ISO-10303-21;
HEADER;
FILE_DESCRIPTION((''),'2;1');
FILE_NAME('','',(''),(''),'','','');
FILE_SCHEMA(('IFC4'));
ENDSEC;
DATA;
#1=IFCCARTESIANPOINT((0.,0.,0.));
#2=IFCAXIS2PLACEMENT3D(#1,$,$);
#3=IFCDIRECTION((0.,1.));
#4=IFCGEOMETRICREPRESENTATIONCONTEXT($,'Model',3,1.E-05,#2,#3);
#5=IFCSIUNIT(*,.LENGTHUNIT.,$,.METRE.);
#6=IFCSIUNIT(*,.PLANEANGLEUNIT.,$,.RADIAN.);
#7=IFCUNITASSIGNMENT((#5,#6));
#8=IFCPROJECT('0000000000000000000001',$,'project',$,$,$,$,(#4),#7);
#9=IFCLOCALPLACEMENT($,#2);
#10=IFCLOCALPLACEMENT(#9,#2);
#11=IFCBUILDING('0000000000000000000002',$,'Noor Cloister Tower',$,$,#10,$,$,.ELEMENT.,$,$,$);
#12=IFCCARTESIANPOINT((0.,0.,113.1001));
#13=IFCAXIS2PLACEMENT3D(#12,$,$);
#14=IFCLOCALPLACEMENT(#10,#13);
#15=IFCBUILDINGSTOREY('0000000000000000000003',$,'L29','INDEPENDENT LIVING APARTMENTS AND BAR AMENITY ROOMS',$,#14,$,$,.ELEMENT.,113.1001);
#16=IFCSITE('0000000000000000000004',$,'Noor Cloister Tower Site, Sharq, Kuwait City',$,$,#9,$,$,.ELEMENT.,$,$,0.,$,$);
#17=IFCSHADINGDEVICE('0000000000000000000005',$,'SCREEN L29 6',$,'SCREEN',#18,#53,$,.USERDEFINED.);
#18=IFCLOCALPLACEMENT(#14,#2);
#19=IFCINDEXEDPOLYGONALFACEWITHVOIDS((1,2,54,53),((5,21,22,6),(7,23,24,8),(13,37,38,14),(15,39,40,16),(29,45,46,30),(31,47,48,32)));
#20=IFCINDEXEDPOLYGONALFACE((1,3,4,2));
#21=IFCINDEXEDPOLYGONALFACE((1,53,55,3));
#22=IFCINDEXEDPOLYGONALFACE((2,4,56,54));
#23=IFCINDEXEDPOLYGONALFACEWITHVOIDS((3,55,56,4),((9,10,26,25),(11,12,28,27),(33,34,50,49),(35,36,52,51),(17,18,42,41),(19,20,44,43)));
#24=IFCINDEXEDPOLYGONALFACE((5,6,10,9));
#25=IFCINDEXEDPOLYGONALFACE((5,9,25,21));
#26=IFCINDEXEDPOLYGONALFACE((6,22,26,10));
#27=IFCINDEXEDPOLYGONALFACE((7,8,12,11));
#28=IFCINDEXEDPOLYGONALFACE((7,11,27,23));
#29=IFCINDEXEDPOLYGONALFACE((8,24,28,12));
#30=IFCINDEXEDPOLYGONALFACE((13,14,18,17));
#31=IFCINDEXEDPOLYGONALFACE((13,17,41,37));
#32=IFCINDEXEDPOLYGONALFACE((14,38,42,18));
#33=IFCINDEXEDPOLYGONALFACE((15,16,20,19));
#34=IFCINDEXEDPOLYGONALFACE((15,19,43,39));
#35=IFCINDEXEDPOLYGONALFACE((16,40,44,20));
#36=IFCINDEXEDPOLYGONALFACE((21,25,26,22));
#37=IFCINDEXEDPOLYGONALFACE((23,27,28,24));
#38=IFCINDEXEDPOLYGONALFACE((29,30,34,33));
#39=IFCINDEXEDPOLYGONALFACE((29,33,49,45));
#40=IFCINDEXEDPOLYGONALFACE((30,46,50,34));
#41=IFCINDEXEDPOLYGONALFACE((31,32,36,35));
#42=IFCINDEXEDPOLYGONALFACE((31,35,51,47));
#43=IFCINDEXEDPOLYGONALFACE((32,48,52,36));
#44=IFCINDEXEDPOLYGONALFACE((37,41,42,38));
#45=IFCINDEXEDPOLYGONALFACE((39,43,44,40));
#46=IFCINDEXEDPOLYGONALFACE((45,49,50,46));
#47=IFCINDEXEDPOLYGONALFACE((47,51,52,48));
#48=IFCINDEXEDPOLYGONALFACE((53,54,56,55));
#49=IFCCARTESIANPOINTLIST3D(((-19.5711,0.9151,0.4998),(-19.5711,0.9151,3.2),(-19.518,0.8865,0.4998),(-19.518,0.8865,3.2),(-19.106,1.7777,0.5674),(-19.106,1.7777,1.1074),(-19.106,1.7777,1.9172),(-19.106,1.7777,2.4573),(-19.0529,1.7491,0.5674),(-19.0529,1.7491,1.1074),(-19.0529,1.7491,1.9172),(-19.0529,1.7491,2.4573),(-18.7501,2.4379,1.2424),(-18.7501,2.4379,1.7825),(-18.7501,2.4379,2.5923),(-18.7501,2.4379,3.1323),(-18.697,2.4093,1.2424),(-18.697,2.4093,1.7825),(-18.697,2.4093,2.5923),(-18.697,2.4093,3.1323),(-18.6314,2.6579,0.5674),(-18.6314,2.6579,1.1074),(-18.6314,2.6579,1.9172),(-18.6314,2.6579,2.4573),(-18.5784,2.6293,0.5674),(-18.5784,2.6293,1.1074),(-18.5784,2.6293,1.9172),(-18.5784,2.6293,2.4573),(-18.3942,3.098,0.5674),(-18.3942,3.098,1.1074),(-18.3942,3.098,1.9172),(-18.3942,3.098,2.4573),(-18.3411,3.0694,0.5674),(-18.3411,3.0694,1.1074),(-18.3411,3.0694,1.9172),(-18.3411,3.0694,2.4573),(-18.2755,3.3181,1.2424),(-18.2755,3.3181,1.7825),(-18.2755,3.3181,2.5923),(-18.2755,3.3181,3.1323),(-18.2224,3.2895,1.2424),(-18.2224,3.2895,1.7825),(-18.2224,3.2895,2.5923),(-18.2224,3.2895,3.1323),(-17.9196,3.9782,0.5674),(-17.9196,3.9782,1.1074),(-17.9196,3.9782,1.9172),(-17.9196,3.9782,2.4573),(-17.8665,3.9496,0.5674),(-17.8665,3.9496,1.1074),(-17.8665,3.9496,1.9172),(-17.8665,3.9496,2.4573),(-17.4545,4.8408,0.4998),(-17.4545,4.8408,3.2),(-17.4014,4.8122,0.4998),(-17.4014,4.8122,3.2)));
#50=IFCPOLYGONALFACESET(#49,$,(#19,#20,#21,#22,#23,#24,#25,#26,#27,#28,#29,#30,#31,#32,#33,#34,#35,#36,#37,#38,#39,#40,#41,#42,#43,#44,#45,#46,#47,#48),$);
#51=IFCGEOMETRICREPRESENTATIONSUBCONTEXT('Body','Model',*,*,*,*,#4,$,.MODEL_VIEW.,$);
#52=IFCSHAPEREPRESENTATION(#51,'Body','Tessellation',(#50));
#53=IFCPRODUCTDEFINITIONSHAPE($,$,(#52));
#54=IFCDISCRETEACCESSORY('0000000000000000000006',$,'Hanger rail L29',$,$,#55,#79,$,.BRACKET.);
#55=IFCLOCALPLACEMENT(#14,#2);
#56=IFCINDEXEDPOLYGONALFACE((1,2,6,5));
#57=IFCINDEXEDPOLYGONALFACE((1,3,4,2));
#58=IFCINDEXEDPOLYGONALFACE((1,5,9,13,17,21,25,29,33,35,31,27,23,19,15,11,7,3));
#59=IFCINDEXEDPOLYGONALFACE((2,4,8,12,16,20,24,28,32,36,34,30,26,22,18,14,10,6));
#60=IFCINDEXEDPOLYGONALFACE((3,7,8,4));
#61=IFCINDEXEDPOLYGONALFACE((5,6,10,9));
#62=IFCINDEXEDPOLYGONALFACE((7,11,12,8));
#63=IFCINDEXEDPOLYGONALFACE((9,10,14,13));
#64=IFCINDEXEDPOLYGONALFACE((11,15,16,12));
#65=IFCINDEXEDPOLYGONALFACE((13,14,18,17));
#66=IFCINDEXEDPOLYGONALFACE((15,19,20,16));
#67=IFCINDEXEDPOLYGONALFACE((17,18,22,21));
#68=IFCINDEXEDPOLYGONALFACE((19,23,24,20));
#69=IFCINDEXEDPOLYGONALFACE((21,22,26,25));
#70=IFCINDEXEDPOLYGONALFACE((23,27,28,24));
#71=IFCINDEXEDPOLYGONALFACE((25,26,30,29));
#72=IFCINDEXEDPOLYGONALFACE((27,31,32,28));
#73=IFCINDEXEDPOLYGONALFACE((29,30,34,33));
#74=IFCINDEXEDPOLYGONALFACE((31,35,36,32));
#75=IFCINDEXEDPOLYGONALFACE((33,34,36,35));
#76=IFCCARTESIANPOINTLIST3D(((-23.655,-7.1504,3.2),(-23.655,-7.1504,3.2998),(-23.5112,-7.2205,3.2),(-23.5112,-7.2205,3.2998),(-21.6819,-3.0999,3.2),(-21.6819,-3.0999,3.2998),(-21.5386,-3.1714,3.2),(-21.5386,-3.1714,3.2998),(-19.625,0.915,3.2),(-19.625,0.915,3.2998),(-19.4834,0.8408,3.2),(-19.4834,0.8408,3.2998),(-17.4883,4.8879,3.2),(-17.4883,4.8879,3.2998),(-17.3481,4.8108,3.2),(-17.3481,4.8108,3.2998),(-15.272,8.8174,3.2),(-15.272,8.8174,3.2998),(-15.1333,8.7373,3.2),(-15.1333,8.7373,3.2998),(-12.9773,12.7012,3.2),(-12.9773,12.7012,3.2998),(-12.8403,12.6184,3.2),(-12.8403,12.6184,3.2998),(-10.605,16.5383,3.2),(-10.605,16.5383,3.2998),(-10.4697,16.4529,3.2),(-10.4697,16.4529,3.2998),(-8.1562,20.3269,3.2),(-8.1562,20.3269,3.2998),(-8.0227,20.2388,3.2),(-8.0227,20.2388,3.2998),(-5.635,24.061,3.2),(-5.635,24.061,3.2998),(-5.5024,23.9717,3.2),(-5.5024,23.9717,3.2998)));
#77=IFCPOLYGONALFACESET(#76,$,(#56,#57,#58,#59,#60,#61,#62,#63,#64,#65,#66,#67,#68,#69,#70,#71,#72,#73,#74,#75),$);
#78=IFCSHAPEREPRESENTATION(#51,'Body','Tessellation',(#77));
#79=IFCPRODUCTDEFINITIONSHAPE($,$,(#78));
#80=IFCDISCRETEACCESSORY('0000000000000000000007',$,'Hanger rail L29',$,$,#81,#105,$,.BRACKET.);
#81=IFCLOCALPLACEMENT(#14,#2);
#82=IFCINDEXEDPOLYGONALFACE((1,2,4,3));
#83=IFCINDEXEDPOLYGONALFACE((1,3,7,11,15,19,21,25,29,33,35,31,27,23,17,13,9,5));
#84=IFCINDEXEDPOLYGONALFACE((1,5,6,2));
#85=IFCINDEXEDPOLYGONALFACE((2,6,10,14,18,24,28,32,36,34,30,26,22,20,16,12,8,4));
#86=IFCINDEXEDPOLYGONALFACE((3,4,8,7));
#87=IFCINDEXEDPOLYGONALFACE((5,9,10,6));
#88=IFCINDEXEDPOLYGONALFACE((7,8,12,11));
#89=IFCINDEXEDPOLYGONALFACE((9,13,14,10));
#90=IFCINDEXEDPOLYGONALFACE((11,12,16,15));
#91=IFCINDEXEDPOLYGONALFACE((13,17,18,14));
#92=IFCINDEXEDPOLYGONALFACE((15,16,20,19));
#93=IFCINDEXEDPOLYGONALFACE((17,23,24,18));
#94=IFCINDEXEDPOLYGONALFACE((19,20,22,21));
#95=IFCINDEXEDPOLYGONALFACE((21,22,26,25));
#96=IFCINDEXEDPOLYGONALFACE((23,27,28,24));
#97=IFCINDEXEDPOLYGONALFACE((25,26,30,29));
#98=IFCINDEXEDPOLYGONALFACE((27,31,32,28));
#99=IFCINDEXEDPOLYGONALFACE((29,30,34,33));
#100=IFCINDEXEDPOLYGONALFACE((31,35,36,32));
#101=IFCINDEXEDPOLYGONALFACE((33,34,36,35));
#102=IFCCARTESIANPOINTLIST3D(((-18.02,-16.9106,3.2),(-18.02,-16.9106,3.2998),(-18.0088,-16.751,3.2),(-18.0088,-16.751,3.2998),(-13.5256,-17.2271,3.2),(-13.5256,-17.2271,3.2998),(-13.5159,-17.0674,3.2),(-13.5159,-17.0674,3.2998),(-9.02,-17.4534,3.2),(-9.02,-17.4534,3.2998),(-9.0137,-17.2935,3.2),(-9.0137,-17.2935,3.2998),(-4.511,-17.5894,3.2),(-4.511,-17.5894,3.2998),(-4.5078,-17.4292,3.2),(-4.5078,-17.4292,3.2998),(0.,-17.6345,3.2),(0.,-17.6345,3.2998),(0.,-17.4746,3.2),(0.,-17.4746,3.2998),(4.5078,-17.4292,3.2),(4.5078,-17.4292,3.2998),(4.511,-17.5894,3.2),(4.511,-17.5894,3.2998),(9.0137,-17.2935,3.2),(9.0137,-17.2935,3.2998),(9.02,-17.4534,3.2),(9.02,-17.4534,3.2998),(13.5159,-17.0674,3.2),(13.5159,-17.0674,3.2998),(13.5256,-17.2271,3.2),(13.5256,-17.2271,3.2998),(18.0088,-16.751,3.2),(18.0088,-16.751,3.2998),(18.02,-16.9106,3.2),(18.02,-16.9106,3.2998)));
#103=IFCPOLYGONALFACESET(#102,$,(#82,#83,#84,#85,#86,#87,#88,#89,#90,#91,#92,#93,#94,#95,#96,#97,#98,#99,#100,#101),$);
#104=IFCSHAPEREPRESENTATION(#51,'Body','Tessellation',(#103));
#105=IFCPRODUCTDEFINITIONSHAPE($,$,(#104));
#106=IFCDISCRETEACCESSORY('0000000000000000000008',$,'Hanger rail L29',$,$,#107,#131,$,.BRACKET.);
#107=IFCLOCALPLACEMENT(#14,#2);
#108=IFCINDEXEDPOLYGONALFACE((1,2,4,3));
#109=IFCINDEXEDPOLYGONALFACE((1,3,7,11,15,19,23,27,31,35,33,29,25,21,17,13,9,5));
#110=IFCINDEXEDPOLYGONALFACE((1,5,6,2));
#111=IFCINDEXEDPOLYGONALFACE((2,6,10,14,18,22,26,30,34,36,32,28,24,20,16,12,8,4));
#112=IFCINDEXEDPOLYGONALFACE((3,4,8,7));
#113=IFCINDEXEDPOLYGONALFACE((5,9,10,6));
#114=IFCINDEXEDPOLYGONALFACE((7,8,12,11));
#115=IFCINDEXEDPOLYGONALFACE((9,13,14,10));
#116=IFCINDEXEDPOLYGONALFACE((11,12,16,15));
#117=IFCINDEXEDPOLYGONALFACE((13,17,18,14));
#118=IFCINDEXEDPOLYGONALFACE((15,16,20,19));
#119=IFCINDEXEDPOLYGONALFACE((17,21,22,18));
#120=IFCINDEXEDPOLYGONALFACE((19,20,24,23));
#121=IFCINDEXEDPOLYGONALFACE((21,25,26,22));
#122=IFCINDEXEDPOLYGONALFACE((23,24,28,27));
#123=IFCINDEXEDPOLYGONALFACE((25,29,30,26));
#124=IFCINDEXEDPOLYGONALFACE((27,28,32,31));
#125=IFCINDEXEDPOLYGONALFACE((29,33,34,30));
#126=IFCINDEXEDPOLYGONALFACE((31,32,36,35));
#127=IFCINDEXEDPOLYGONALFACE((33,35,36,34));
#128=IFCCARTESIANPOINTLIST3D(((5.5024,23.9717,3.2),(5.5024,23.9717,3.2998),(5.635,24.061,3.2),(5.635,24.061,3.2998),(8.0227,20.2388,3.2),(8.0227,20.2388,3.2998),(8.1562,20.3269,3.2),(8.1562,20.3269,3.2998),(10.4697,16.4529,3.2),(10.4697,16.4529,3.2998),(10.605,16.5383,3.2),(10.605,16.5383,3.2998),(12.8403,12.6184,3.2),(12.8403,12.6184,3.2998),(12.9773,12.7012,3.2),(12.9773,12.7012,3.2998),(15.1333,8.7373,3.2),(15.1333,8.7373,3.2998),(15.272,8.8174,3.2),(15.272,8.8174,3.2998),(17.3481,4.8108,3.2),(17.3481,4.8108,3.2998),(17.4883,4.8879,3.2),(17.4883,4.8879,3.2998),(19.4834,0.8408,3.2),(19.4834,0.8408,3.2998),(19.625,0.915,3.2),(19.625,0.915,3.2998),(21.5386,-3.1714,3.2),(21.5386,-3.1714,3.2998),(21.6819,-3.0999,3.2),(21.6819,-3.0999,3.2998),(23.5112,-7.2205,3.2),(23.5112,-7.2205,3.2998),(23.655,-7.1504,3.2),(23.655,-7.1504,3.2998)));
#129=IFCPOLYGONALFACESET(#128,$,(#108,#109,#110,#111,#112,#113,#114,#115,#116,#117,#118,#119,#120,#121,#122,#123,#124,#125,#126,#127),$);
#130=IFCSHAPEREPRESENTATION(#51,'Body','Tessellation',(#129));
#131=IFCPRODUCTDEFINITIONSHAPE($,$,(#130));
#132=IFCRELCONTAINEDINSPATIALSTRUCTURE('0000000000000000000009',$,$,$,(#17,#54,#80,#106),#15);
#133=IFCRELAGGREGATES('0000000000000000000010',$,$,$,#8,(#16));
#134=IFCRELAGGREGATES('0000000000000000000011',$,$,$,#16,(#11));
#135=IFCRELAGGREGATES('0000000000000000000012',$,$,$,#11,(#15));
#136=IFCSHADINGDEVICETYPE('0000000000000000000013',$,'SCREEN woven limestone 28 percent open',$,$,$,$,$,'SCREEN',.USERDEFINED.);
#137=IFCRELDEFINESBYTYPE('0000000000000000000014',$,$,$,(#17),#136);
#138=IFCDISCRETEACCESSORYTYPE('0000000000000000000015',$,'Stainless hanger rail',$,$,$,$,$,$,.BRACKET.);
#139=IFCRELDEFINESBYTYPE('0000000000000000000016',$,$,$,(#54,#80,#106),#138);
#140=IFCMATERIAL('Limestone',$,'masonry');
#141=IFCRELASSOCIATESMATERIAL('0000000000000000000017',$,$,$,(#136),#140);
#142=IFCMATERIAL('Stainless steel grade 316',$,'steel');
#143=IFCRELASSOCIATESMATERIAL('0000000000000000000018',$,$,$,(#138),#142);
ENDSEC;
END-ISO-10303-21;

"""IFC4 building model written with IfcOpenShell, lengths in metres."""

from ifc_helpers import new_model, si_unit, direction, frame, origin, place, context, subcontext, project, spatial, polyline, outline, extrude, material, material_profile, profile_set, type_object, element, save


model = new_model("IFC4")

# Units and contexts
model_context = context("Model", 3, precision=1e-05, world=origin(), true_north=direction((0.0, 1.0)))
body_context = subcontext(model_context, "Body", "Model", "MODEL_VIEW")
ifc_project = project(units=[si_unit("LENGTHUNIT", "METRE"), si_unit("PLANEANGLEUNIT", "RADIAN")], contexts=[model_context])

# Site, building, storey
site_placement = place(None, origin())
site = spatial("IfcSite", under=ifc_project, at=site_placement, Name="Noor Cloister Tower Site, Sharq, Kuwait City", CompositionType="ELEMENT", RefElevation=0.0)
building_placement = place(site_placement, origin())
building = spatial("IfcBuilding", under=site, at=building_placement, Name="Noor Cloister Tower", CompositionType="ELEMENT")
storey_placement = place(building_placement, frame((0.0, 0.0, 113.1001)))
storey = spatial("IfcBuildingStorey", under=building, at=storey_placement, Name="L29", Description="INDEPENDENT LIVING APARTMENTS AND BAR AMENITY ROOMS", CompositionType="ELEMENT", Elevation=113.1001)

# Shading device
ifc_material_1 = material(Name="Limestone", Category="masonry")
ifc_material_profile_1 = material_profile(ifc_material_1, outline(polyline([(-2.23, -1.3501), (2.23, -1.3501), (2.23, 1.3501), (-2.23, 1.3501), (-2.23, -1.3501)]), holes=[polyline([(-1.25, -1.2825), (-0.25, -1.2825), (-0.25, -0.7424), (-1.25, -0.7424), (-1.25, -1.2825)]), polyline([(0.25, -1.2825), (1.25, -1.2825), (1.25, -0.7424), (0.25, -0.7424), (0.25, -1.2825)]), polyline([(-0.5, -0.6074), (0.5, -0.6074), (0.5, -0.0674), (-0.5, -0.0674), (-0.5, -0.6074)]), polyline([(-1.25, 0.0674), (-0.25, 0.0674), (-0.25, 0.6074), (-1.25, 0.6074), (-1.25, 0.0674)]), polyline([(0.25, 0.0674), (1.25, 0.0674), (1.25, 0.6074), (0.25, 0.6074), (0.25, 0.0674)]), polyline([(-0.5, 0.7424), (0.5, 0.7424), (0.5, 1.2825), (-0.5, 1.2825), (-0.5, 0.7424)])]), Name="Woven screen 28 percent open")
ifc_profile_set_1 = profile_set([ifc_material_profile_1], Name="Limestone")
shading_device_type = type_object("IfcShadingDeviceType", Name="SCREEN woven limestone 28 percent open", ElementType="SCREEN", PredefinedType="USERDEFINED", material=ifc_profile_set_1)
shading_device_1_placement = place(storey_placement, frame((-18.4597, 2.8494, 1.8499), z_axis=(-0.88021, 0.474584, 0.0), x_axis=(-0.474584, -0.88021, 0.0)))
element("IfcShadingDevice", 1, at=shading_device_1_placement, inside=storey, type_object=shading_device_type, Name="SCREEN L29 6", ObjectType="SCREEN", PredefinedType="USERDEFINED", context=body_context, shape_type="SweptSolid", body=[
    extrude(outline(polyline([(-2.23, -1.3501), (2.23, -1.3501), (2.23, 1.3501), (-2.23, 1.3501), (-2.23, -1.3501)]), holes=[polyline([(-1.25, -1.2825), (-0.25, -1.2825), (-0.25, -0.7424), (-1.25, -0.7424), (-1.25, -1.2825)]), polyline([(0.25, -1.2825), (1.25, -1.2825), (1.25, -0.7424), (0.25, -0.7424), (0.25, -1.2825)]), polyline([(-0.5, -0.6074), (0.5, -0.6074), (0.5, -0.0674), (-0.5, -0.0674), (-0.5, -0.6074)]), polyline([(-1.25, 0.0674), (-0.25, 0.0674), (-0.25, 0.6074), (-1.25, 0.6074), (-1.25, 0.0674)]), polyline([(0.25, 0.0674), (1.25, 0.0674), (1.25, 0.6074), (0.25, 0.6074), (0.25, 0.0674)]), polyline([(-0.5, 0.7424), (0.5, 0.7424), (0.5, 1.2825), (-0.5, 1.2825), (-0.5, 0.7424)])]), origin(), (0.0, 0.0, 1.0), 0.0603),
])

# Discrete accessories
ifc_material_2 = material(Name="Stainless steel grade 316", Category="steel")
discrete_accessory_type = type_object("IfcDiscreteAccessoryType", Name="Stainless hanger rail", PredefinedType="BRACKET", material=ifc_material_2)
discrete_accessory_1_placement = place(storey_placement, frame((0.0, 0.0, 3.2)))
element("IfcDiscreteAccessory", 2, at=discrete_accessory_1_placement, inside=storey, type_object=discrete_accessory_type, Name="Hanger rail L29", PredefinedType="BRACKET", context=body_context, shape_type="SweptSolid", body=[
    extrude(outline(polyline([(-5.635, 24.061), (-8.1562, 20.3269), (-10.605, 16.5383), (-12.9773, 12.7012), (-15.272, 8.8174), (-17.4883, 4.8879), (-19.625, 0.915), (-21.6819, -3.0999), (-23.655, -7.1504), (-23.5112, -7.2205), (-21.5386, -3.1714), (-19.4834, 0.8408), (-17.3481, 4.8108), (-15.1333, 8.7373), (-12.8403, 12.6184), (-10.4697, 16.4529), (-8.0227, 20.2388), (-5.5024, 23.9717), (-5.635, 24.061)])), origin(), (0.0, 0.0, 1.0), 0.0999),
])
discrete_accessory_2_placement = place(storey_placement, frame((0.0, 0.0, 3.2)))
element("IfcDiscreteAccessory", 3, at=discrete_accessory_2_placement, inside=storey, type_object=discrete_accessory_type, Name="Hanger rail L29", PredefinedType="BRACKET", context=body_context, shape_type="SweptSolid", body=[
    extrude(outline(polyline([(-18.02, -16.9106), (-13.5256, -17.2271), (-9.02, -17.4534), (-4.511, -17.5894), (0.0, -17.6345), (4.511, -17.5894), (9.02, -17.4534), (13.5256, -17.2271), (18.02, -16.9106), (18.0088, -16.751), (13.5159, -17.0674), (9.0137, -17.2935), (4.5078, -17.4292), (0.0, -17.4746), (-4.5078, -17.4292), (-9.0137, -17.2935), (-13.5159, -17.0674), (-18.0088, -16.751), (-18.02, -16.9106)])), origin(), (0.0, 0.0, 1.0), 0.0999),
])
discrete_accessory_3_placement = place(storey_placement, frame((0.0, 0.0, 3.2)))
element("IfcDiscreteAccessory", 4, at=discrete_accessory_3_placement, inside=storey, type_object=discrete_accessory_type, Name="Hanger rail L29", PredefinedType="BRACKET", context=body_context, shape_type="SweptSolid", body=[
    extrude(outline(polyline([(23.655, -7.1504), (21.6819, -3.0999), (19.625, 0.915), (17.4883, 4.8879), (15.272, 8.8174), (12.9773, 12.7012), (10.605, 16.5383), (8.1562, 20.3269), (5.635, 24.061), (5.5024, 23.9717), (8.0227, 20.2388), (10.4697, 16.4529), (12.8403, 12.6184), (15.1333, 8.7373), (17.3481, 4.8108), (19.4834, 0.8408), (21.5386, -3.1714), (23.5112, -7.2205), (23.655, -7.1504)])), origin(), (0.0, 0.0, 1.0), 0.0999),
])

save(model, "model.ifc")
